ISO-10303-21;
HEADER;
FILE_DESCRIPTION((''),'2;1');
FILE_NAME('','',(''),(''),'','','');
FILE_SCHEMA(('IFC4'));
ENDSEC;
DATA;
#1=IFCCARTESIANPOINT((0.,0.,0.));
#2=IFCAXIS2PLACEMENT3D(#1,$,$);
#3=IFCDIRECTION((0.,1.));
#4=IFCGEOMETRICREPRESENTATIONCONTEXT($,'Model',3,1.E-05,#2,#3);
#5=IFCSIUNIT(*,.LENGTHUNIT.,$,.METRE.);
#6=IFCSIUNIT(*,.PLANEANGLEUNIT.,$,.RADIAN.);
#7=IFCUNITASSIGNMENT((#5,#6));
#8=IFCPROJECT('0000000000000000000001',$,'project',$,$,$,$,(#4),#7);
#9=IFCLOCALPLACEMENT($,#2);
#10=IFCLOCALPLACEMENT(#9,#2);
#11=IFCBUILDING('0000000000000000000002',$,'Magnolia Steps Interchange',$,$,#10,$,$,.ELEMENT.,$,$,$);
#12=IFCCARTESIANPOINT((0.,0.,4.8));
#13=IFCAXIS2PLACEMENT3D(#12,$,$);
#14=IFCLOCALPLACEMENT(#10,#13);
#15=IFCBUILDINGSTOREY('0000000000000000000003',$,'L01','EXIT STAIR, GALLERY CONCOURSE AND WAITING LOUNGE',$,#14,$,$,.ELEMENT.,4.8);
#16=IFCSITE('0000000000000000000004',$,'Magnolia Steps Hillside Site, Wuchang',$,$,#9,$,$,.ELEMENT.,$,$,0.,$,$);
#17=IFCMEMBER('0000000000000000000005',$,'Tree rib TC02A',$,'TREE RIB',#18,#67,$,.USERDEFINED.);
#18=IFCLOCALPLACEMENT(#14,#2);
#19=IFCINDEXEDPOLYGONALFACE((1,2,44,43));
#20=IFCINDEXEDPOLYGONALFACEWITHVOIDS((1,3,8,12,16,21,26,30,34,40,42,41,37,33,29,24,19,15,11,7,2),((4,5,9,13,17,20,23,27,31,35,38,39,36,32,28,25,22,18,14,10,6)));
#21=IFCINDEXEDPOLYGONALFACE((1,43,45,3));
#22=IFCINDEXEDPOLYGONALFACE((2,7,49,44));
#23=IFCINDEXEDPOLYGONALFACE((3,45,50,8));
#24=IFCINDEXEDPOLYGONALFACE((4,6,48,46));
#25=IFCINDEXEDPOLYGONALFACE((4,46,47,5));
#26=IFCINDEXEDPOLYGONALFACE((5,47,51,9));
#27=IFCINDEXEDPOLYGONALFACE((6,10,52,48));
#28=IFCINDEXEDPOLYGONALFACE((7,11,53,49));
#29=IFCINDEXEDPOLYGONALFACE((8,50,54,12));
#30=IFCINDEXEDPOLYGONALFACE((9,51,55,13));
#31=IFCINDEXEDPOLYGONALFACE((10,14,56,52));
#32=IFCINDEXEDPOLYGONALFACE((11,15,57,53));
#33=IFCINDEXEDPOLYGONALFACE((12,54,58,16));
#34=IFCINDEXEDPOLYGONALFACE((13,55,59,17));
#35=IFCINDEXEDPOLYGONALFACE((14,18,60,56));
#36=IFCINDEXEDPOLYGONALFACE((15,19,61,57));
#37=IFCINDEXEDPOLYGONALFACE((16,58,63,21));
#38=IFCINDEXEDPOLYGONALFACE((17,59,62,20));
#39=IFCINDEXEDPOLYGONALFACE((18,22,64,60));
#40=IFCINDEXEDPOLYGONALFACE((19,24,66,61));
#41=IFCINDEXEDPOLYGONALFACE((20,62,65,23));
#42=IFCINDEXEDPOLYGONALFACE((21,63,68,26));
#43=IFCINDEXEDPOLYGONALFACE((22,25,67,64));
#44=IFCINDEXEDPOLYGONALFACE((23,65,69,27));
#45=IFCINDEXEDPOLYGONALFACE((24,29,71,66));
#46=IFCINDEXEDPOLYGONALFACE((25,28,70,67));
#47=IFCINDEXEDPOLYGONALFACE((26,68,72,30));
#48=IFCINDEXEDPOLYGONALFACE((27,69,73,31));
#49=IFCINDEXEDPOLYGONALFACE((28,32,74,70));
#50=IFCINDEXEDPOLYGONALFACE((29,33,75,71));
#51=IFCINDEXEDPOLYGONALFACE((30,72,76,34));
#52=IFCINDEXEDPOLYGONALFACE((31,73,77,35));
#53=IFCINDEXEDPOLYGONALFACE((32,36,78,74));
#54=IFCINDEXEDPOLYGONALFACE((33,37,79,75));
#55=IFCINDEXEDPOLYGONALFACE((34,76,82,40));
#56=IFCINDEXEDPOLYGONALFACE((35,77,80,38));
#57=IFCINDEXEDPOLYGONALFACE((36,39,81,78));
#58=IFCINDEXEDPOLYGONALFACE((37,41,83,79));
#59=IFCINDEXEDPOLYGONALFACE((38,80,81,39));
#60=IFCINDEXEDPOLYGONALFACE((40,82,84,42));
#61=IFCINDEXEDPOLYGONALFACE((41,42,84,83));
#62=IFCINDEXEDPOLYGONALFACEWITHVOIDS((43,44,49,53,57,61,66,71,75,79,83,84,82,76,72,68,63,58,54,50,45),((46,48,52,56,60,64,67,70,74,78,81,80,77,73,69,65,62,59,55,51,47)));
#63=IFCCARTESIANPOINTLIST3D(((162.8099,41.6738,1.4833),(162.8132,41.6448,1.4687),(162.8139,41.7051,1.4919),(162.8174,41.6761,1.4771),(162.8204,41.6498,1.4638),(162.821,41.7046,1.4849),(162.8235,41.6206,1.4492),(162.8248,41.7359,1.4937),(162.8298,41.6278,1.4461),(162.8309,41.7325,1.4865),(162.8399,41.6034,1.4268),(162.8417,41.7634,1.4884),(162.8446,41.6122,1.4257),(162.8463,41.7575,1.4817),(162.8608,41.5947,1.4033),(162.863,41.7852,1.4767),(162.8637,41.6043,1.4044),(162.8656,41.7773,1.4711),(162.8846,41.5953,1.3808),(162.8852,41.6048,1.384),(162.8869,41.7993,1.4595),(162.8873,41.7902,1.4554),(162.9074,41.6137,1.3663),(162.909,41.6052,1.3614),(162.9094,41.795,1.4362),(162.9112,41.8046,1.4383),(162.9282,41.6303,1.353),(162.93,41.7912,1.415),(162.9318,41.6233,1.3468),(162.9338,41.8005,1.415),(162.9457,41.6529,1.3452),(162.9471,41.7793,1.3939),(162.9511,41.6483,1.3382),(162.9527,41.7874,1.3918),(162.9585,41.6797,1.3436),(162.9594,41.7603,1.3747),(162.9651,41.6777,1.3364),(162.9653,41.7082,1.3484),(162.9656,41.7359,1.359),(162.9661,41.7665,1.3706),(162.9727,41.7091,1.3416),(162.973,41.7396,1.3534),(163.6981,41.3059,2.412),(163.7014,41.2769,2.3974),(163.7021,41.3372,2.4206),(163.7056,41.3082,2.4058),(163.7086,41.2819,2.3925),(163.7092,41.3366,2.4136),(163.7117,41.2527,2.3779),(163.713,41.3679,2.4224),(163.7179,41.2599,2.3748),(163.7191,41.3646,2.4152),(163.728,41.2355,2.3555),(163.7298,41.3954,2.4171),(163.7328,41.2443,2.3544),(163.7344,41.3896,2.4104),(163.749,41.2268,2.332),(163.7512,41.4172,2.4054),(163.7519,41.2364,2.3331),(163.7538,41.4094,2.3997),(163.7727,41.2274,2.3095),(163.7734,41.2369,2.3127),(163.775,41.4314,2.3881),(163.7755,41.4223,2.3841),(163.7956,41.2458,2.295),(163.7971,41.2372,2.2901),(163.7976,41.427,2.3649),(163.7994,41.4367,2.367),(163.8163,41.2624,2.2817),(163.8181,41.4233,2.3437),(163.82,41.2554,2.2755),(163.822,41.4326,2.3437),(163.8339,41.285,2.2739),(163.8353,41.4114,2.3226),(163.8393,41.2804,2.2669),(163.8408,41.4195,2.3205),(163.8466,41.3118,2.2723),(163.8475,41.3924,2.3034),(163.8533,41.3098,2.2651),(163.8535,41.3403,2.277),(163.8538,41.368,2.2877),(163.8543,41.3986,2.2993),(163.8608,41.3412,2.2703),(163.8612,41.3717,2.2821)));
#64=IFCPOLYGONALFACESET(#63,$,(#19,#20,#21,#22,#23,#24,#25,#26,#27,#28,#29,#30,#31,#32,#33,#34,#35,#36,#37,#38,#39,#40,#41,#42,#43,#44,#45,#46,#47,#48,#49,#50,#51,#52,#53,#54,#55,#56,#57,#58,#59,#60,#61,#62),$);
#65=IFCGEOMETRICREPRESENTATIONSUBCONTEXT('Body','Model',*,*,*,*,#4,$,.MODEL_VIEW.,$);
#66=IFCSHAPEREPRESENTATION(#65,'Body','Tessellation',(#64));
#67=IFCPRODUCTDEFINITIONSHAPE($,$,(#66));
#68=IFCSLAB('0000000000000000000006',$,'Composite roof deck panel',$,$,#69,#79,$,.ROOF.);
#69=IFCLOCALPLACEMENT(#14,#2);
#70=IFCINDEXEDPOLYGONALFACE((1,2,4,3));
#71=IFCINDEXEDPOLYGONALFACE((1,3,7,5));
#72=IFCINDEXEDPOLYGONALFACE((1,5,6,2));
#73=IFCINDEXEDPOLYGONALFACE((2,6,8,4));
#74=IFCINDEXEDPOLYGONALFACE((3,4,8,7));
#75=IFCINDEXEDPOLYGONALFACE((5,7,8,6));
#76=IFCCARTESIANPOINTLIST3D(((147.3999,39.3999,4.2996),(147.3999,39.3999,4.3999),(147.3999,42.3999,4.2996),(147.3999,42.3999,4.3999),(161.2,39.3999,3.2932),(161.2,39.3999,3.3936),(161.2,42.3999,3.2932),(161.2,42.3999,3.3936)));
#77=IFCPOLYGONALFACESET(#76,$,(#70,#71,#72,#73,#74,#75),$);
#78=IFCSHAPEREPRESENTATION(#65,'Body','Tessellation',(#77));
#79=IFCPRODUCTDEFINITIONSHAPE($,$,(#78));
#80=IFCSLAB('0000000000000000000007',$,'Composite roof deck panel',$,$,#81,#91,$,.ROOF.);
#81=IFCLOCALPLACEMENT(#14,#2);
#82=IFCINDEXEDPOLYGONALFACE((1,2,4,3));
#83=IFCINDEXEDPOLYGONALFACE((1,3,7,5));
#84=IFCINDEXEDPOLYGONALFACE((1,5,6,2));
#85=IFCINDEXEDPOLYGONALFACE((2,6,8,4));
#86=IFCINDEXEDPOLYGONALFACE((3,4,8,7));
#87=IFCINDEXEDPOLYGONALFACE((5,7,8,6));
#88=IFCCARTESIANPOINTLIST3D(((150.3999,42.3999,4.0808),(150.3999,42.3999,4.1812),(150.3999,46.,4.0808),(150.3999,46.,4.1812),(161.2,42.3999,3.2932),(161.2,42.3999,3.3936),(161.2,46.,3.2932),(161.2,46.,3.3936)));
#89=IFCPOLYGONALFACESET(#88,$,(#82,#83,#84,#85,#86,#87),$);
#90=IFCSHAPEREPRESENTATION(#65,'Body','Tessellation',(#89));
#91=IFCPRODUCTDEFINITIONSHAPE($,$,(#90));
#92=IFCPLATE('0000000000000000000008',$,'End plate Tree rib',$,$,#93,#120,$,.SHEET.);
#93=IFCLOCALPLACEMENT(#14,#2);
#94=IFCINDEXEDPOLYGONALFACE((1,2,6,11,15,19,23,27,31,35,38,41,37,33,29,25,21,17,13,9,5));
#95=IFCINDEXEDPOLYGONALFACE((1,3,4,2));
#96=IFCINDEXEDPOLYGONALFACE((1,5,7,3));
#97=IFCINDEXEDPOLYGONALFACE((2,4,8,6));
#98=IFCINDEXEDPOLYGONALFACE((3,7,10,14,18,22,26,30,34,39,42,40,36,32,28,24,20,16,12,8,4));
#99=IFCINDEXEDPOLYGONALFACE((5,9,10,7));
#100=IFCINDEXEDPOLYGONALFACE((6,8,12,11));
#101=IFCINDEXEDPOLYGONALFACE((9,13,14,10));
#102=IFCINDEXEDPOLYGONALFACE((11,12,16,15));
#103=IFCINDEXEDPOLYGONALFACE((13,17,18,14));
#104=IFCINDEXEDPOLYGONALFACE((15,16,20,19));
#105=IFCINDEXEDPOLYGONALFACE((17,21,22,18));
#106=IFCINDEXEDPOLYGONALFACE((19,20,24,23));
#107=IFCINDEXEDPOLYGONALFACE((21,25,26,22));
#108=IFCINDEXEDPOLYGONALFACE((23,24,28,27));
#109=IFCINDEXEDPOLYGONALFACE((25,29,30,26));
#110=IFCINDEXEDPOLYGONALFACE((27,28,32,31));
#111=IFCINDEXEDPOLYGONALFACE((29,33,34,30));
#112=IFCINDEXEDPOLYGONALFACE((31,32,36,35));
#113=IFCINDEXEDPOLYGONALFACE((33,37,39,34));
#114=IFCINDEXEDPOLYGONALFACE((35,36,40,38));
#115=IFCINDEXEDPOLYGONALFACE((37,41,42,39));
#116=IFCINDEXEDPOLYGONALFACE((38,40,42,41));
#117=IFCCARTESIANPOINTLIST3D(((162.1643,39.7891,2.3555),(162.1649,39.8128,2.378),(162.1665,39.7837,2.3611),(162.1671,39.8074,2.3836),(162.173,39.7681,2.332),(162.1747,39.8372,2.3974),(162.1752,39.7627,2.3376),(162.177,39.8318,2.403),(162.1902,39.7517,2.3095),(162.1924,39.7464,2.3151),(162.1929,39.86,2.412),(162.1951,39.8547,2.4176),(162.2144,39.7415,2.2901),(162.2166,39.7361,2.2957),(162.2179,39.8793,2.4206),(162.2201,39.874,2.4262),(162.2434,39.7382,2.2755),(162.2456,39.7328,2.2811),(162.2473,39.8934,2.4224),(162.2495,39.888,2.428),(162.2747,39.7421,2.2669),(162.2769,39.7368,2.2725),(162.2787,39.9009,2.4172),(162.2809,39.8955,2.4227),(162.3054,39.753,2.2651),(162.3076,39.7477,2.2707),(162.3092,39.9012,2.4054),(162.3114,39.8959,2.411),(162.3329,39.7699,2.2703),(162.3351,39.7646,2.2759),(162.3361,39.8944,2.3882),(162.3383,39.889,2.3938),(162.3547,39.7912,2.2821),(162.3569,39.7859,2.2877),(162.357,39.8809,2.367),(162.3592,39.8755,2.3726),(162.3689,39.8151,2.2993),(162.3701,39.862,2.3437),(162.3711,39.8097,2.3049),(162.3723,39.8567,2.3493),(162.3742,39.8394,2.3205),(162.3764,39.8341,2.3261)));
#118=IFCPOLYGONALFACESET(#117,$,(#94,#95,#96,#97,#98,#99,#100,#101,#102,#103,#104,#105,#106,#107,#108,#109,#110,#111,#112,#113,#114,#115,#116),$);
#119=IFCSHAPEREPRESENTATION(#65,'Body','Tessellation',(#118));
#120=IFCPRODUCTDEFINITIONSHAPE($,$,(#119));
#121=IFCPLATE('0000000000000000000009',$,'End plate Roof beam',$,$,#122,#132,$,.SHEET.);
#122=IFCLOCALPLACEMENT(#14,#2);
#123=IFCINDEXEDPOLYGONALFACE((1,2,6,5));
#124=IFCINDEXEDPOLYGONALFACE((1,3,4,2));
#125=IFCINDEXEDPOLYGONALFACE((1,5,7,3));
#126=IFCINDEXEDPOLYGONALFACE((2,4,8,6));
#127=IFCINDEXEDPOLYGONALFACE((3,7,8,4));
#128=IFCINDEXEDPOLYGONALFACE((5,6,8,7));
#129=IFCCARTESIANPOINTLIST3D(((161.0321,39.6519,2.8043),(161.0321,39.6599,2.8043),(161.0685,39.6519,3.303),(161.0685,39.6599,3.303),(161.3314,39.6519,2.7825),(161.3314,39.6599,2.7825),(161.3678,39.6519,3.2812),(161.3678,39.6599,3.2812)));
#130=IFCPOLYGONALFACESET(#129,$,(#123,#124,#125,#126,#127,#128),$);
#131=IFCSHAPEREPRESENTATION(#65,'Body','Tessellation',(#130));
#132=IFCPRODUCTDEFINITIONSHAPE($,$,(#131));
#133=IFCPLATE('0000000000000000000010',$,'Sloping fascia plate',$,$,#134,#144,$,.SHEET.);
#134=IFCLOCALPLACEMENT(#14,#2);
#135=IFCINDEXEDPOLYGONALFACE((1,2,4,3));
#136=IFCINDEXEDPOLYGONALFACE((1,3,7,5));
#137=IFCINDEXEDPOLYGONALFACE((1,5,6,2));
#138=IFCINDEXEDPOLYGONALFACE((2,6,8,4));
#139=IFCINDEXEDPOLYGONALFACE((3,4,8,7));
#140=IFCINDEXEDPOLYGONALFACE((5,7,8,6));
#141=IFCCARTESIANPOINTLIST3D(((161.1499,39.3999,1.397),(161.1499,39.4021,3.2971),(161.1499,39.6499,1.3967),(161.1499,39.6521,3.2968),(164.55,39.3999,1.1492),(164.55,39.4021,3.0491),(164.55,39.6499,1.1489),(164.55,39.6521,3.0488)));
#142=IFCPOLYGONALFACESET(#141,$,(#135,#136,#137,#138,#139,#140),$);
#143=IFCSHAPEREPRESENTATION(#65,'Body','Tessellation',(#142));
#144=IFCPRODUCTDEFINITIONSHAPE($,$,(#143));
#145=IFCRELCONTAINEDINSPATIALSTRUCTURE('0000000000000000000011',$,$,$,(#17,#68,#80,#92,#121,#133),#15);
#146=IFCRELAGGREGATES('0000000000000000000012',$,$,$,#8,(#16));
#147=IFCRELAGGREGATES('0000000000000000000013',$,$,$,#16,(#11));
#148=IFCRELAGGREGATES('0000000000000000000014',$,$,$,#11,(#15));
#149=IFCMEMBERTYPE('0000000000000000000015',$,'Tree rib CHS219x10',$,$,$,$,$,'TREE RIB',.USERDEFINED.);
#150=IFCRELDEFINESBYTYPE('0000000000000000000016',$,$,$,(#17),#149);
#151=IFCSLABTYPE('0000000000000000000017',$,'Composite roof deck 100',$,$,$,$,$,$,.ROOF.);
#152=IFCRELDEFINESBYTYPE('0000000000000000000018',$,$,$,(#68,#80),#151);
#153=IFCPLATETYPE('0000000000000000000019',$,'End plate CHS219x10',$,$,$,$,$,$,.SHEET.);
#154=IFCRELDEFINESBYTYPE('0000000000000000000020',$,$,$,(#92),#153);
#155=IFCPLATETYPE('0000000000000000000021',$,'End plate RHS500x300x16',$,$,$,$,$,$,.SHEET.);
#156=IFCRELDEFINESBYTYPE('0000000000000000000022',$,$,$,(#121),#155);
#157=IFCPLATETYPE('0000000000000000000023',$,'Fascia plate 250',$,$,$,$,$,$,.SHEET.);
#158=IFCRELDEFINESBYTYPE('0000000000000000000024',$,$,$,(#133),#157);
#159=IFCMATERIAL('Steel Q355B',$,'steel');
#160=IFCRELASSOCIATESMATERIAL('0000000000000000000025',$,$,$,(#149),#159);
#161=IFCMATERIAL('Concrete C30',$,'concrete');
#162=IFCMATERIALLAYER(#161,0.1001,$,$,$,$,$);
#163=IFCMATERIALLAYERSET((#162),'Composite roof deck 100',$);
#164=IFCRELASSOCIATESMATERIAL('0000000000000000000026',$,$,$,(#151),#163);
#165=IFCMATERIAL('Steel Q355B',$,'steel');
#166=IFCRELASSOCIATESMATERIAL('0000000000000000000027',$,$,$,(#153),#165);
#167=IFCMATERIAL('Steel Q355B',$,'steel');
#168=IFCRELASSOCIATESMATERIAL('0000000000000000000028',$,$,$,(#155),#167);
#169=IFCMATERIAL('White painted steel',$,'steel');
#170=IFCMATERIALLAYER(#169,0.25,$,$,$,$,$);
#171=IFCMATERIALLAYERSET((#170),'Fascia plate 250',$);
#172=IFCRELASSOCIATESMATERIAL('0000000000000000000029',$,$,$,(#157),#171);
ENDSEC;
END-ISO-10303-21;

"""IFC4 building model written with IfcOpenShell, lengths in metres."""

from ifc_helpers import new_model, si_unit, direction, frame, origin, origin_2d, place, context, subcontext, project, spatial, polyline, rectangle, circle, hollow_circle, outline, extrude, material, layer, layer_set, material_profile, profile_set, type_object, element, save


model = new_model("IFC4")

# Units and contexts
model_context = context("Model", 3, precision=1e-05, world=origin(), true_north=direction((0.0, 1.0)))
body_context = subcontext(model_context, "Body", "Model", "MODEL_VIEW")
ifc_project = project(units=[si_unit("LENGTHUNIT", "METRE"), si_unit("PLANEANGLEUNIT", "RADIAN")], contexts=[model_context])

# Site, building, storey
site_placement = place(None, origin())
site = spatial("IfcSite", under=ifc_project, at=site_placement, Name="Magnolia Steps Hillside Site, Wuchang", CompositionType="ELEMENT", RefElevation=0.0)
building_placement = place(site_placement, origin())
building = spatial("IfcBuilding", under=site, at=building_placement, Name="Magnolia Steps Interchange", CompositionType="ELEMENT")
storey_placement = place(building_placement, frame((0.0, 0.0, 4.8)))
storey = spatial("IfcBuildingStorey", under=building, at=storey_placement, Name="L01", Description="EXIT STAIR, GALLERY CONCOURSE AND WAITING LOUNGE", CompositionType="ELEMENT", Elevation=4.8)

# Member
ifc_material_1 = material(Name="Steel Q355B", Category="steel")
ifc_material_profile_1 = material_profile(ifc_material_1, hollow_circle(Radius=0.1096, WallThickness=0.01, at=origin_2d()), Name="CHS219x10")
ifc_profile_set_1 = profile_set([ifc_material_profile_1], Name="Steel Q355B")
member_type = type_object("IfcMemberType", Name="Tree rib CHS219x10", ElementType="TREE RIB", PredefinedType="USERDEFINED", material=ifc_profile_set_1)
member_1_placement = place(storey_placement, frame((162.8918, 41.6992, 1.415), z_axis=(0.664465, -0.275247, 0.694784), x_axis=(0.382703, 0.923871, 0.0)))
element("IfcMember", 1, at=member_1_placement, inside=storey, type_object=member_type, Name="Tree rib TC02A", ObjectType="TREE RIB", PredefinedType="USERDEFINED", context=body_context, shape_type="SweptSolid", body=[
    extrude(hollow_circle(Radius=0.1096, WallThickness=0.01, at=origin_2d()), origin(), (0.0, 0.0, 1.0), 1.3367),
])

# Slabs
ifc_material_2 = material(Name="Concrete C30", Category="concrete")
ifc_layer_1 = layer(ifc_material_2, 0.1001)
ifc_layer_set_1 = layer_set([ifc_layer_1], Name="Composite roof deck 100")
slab_type = type_object("IfcSlabType", Name="Composite roof deck 100", PredefinedType="ROOF", material=ifc_layer_set_1)
slab_1_placement = place(storey_placement, frame((161.2, 39.3999, 3.3936), z_axis=(0.07273, 0.0, 0.997352), x_axis=(0.0, 1.0, 0.0)))
element("IfcSlab", 2, at=slab_1_placement, inside=storey, type_object=slab_type, Name="Composite roof deck panel", PredefinedType="ROOF", context=body_context, shape_type="SweptSolid", body=[
    extrude(outline(polyline([(0.0, 0.0), (3.0, 0.0), (3.0, 13.8367), (0.0, 13.8367), (0.0, 0.0)])), origin(), (0.0, -0.07273, -0.997352), 0.1003),
])
slab_2_placement = place(storey_placement, frame((161.2, 42.3999, 3.3936), z_axis=(0.072732, 0.0, 0.997352), x_axis=(0.0, 1.0, 0.0)))
element("IfcSlab", 3, at=slab_2_placement, inside=storey, type_object=slab_type, Name="Composite roof deck panel", PredefinedType="ROOF", context=body_context, shape_type="SweptSolid", body=[
    extrude(outline(polyline([(0.0, 0.0), (3.6001, 0.0), (3.6001, 10.8287), (0.0, 10.8287), (0.0, 0.0)])), origin(), (0.0, -0.072732, -0.997352), 0.1003),
])

# Plates
ifc_material_3 = material(Name="Steel Q355B", Category="steel")
ifc_material_profile_2 = material_profile(ifc_material_3, circle(Radius=0.1096, at=origin_2d()), Name="End plate CHS219x10")
ifc_profile_set_2 = profile_set([ifc_material_profile_2], Name="Steel Q355B")
plate_type_1 = type_object("IfcPlateType", Name="End plate CHS219x10", PredefinedType="SHEET", material=ifc_profile_set_2)
plate_1_placement = place(storey_placement, frame((162.2688, 39.8201, 2.3438), z_axis=(0.275279, -0.664583, 0.694658), x_axis=(0.92388, 0.382683, 0.0)))
element("IfcPlate", 4, at=plate_1_placement, inside=storey, type_object=plate_type_1, Name="End plate Tree rib", PredefinedType="SHEET", context=body_context, shape_type="SweptSolid", body=[
    extrude(circle(Radius=0.1096, at=origin_2d()), origin(), (0.0, 0.0, 1.0), 0.0081),
])
ifc_material_4 = material(Name="Steel Q355B", Category="steel")
ifc_material_profile_3 = material_profile(ifc_material_4, rectangle(XDim=0.3, YDim=0.5, at=origin_2d()), Name="End plate RHS500x300x16")
ifc_profile_set_3 = profile_set([ifc_material_profile_3], Name="Steel Q355B")
plate_type_2 = type_object("IfcPlateType", Name="End plate RHS500x300x16", PredefinedType="SHEET", material=ifc_profile_set_3)
plate_2_placement = place(storey_placement, frame((161.2, 39.6599, 3.0427), z_axis=(0.0, -1.0, 0.0), x_axis=(0.997352, 0.0, -0.072724)))
element("IfcPlate", 5, at=plate_2_placement, inside=storey, type_object=plate_type_2, Name="End plate Roof beam", PredefinedType="SHEET", context=body_context, shape_type="SweptSolid", body=[
    extrude(rectangle(XDim=0.3, YDim=0.5, at=origin_2d()), origin(), (0.0, 0.0, 1.0), 0.0081),
])
ifc_material_5 = material(Name="White painted steel", Category="steel")
ifc_layer_2 = layer(ifc_material_5, 0.25)
ifc_layer_set_2 = layer_set([ifc_layer_2], Name="Fascia plate 250")
plate_type_3 = type_object("IfcPlateType", Name="Fascia plate 250", PredefinedType="SHEET", material=ifc_layer_set_2)
plate_3_placement = place(storey_placement, frame((161.1499, 39.3999, 1.397), z_axis=(0.000084, -0.999999, 0.001156), x_axis=(0.997355, 0.0, -0.072687)))
element("IfcPlate", 6, at=plate_3_placement, inside=storey, type_object=plate_type_3, Name="Sloping fascia plate", PredefinedType="SHEET", context=body_context, shape_type="SweptSolid", body=[
    extrude(outline(polyline([(0.0, 0.0), (3.4092, 0.0), (3.2711, 1.8949), (-0.1381, 1.8951), (0.0, 0.0)])), origin(), (0.0, 0.0, -1.0), 0.25),
])

save(model, "model.ifc")
